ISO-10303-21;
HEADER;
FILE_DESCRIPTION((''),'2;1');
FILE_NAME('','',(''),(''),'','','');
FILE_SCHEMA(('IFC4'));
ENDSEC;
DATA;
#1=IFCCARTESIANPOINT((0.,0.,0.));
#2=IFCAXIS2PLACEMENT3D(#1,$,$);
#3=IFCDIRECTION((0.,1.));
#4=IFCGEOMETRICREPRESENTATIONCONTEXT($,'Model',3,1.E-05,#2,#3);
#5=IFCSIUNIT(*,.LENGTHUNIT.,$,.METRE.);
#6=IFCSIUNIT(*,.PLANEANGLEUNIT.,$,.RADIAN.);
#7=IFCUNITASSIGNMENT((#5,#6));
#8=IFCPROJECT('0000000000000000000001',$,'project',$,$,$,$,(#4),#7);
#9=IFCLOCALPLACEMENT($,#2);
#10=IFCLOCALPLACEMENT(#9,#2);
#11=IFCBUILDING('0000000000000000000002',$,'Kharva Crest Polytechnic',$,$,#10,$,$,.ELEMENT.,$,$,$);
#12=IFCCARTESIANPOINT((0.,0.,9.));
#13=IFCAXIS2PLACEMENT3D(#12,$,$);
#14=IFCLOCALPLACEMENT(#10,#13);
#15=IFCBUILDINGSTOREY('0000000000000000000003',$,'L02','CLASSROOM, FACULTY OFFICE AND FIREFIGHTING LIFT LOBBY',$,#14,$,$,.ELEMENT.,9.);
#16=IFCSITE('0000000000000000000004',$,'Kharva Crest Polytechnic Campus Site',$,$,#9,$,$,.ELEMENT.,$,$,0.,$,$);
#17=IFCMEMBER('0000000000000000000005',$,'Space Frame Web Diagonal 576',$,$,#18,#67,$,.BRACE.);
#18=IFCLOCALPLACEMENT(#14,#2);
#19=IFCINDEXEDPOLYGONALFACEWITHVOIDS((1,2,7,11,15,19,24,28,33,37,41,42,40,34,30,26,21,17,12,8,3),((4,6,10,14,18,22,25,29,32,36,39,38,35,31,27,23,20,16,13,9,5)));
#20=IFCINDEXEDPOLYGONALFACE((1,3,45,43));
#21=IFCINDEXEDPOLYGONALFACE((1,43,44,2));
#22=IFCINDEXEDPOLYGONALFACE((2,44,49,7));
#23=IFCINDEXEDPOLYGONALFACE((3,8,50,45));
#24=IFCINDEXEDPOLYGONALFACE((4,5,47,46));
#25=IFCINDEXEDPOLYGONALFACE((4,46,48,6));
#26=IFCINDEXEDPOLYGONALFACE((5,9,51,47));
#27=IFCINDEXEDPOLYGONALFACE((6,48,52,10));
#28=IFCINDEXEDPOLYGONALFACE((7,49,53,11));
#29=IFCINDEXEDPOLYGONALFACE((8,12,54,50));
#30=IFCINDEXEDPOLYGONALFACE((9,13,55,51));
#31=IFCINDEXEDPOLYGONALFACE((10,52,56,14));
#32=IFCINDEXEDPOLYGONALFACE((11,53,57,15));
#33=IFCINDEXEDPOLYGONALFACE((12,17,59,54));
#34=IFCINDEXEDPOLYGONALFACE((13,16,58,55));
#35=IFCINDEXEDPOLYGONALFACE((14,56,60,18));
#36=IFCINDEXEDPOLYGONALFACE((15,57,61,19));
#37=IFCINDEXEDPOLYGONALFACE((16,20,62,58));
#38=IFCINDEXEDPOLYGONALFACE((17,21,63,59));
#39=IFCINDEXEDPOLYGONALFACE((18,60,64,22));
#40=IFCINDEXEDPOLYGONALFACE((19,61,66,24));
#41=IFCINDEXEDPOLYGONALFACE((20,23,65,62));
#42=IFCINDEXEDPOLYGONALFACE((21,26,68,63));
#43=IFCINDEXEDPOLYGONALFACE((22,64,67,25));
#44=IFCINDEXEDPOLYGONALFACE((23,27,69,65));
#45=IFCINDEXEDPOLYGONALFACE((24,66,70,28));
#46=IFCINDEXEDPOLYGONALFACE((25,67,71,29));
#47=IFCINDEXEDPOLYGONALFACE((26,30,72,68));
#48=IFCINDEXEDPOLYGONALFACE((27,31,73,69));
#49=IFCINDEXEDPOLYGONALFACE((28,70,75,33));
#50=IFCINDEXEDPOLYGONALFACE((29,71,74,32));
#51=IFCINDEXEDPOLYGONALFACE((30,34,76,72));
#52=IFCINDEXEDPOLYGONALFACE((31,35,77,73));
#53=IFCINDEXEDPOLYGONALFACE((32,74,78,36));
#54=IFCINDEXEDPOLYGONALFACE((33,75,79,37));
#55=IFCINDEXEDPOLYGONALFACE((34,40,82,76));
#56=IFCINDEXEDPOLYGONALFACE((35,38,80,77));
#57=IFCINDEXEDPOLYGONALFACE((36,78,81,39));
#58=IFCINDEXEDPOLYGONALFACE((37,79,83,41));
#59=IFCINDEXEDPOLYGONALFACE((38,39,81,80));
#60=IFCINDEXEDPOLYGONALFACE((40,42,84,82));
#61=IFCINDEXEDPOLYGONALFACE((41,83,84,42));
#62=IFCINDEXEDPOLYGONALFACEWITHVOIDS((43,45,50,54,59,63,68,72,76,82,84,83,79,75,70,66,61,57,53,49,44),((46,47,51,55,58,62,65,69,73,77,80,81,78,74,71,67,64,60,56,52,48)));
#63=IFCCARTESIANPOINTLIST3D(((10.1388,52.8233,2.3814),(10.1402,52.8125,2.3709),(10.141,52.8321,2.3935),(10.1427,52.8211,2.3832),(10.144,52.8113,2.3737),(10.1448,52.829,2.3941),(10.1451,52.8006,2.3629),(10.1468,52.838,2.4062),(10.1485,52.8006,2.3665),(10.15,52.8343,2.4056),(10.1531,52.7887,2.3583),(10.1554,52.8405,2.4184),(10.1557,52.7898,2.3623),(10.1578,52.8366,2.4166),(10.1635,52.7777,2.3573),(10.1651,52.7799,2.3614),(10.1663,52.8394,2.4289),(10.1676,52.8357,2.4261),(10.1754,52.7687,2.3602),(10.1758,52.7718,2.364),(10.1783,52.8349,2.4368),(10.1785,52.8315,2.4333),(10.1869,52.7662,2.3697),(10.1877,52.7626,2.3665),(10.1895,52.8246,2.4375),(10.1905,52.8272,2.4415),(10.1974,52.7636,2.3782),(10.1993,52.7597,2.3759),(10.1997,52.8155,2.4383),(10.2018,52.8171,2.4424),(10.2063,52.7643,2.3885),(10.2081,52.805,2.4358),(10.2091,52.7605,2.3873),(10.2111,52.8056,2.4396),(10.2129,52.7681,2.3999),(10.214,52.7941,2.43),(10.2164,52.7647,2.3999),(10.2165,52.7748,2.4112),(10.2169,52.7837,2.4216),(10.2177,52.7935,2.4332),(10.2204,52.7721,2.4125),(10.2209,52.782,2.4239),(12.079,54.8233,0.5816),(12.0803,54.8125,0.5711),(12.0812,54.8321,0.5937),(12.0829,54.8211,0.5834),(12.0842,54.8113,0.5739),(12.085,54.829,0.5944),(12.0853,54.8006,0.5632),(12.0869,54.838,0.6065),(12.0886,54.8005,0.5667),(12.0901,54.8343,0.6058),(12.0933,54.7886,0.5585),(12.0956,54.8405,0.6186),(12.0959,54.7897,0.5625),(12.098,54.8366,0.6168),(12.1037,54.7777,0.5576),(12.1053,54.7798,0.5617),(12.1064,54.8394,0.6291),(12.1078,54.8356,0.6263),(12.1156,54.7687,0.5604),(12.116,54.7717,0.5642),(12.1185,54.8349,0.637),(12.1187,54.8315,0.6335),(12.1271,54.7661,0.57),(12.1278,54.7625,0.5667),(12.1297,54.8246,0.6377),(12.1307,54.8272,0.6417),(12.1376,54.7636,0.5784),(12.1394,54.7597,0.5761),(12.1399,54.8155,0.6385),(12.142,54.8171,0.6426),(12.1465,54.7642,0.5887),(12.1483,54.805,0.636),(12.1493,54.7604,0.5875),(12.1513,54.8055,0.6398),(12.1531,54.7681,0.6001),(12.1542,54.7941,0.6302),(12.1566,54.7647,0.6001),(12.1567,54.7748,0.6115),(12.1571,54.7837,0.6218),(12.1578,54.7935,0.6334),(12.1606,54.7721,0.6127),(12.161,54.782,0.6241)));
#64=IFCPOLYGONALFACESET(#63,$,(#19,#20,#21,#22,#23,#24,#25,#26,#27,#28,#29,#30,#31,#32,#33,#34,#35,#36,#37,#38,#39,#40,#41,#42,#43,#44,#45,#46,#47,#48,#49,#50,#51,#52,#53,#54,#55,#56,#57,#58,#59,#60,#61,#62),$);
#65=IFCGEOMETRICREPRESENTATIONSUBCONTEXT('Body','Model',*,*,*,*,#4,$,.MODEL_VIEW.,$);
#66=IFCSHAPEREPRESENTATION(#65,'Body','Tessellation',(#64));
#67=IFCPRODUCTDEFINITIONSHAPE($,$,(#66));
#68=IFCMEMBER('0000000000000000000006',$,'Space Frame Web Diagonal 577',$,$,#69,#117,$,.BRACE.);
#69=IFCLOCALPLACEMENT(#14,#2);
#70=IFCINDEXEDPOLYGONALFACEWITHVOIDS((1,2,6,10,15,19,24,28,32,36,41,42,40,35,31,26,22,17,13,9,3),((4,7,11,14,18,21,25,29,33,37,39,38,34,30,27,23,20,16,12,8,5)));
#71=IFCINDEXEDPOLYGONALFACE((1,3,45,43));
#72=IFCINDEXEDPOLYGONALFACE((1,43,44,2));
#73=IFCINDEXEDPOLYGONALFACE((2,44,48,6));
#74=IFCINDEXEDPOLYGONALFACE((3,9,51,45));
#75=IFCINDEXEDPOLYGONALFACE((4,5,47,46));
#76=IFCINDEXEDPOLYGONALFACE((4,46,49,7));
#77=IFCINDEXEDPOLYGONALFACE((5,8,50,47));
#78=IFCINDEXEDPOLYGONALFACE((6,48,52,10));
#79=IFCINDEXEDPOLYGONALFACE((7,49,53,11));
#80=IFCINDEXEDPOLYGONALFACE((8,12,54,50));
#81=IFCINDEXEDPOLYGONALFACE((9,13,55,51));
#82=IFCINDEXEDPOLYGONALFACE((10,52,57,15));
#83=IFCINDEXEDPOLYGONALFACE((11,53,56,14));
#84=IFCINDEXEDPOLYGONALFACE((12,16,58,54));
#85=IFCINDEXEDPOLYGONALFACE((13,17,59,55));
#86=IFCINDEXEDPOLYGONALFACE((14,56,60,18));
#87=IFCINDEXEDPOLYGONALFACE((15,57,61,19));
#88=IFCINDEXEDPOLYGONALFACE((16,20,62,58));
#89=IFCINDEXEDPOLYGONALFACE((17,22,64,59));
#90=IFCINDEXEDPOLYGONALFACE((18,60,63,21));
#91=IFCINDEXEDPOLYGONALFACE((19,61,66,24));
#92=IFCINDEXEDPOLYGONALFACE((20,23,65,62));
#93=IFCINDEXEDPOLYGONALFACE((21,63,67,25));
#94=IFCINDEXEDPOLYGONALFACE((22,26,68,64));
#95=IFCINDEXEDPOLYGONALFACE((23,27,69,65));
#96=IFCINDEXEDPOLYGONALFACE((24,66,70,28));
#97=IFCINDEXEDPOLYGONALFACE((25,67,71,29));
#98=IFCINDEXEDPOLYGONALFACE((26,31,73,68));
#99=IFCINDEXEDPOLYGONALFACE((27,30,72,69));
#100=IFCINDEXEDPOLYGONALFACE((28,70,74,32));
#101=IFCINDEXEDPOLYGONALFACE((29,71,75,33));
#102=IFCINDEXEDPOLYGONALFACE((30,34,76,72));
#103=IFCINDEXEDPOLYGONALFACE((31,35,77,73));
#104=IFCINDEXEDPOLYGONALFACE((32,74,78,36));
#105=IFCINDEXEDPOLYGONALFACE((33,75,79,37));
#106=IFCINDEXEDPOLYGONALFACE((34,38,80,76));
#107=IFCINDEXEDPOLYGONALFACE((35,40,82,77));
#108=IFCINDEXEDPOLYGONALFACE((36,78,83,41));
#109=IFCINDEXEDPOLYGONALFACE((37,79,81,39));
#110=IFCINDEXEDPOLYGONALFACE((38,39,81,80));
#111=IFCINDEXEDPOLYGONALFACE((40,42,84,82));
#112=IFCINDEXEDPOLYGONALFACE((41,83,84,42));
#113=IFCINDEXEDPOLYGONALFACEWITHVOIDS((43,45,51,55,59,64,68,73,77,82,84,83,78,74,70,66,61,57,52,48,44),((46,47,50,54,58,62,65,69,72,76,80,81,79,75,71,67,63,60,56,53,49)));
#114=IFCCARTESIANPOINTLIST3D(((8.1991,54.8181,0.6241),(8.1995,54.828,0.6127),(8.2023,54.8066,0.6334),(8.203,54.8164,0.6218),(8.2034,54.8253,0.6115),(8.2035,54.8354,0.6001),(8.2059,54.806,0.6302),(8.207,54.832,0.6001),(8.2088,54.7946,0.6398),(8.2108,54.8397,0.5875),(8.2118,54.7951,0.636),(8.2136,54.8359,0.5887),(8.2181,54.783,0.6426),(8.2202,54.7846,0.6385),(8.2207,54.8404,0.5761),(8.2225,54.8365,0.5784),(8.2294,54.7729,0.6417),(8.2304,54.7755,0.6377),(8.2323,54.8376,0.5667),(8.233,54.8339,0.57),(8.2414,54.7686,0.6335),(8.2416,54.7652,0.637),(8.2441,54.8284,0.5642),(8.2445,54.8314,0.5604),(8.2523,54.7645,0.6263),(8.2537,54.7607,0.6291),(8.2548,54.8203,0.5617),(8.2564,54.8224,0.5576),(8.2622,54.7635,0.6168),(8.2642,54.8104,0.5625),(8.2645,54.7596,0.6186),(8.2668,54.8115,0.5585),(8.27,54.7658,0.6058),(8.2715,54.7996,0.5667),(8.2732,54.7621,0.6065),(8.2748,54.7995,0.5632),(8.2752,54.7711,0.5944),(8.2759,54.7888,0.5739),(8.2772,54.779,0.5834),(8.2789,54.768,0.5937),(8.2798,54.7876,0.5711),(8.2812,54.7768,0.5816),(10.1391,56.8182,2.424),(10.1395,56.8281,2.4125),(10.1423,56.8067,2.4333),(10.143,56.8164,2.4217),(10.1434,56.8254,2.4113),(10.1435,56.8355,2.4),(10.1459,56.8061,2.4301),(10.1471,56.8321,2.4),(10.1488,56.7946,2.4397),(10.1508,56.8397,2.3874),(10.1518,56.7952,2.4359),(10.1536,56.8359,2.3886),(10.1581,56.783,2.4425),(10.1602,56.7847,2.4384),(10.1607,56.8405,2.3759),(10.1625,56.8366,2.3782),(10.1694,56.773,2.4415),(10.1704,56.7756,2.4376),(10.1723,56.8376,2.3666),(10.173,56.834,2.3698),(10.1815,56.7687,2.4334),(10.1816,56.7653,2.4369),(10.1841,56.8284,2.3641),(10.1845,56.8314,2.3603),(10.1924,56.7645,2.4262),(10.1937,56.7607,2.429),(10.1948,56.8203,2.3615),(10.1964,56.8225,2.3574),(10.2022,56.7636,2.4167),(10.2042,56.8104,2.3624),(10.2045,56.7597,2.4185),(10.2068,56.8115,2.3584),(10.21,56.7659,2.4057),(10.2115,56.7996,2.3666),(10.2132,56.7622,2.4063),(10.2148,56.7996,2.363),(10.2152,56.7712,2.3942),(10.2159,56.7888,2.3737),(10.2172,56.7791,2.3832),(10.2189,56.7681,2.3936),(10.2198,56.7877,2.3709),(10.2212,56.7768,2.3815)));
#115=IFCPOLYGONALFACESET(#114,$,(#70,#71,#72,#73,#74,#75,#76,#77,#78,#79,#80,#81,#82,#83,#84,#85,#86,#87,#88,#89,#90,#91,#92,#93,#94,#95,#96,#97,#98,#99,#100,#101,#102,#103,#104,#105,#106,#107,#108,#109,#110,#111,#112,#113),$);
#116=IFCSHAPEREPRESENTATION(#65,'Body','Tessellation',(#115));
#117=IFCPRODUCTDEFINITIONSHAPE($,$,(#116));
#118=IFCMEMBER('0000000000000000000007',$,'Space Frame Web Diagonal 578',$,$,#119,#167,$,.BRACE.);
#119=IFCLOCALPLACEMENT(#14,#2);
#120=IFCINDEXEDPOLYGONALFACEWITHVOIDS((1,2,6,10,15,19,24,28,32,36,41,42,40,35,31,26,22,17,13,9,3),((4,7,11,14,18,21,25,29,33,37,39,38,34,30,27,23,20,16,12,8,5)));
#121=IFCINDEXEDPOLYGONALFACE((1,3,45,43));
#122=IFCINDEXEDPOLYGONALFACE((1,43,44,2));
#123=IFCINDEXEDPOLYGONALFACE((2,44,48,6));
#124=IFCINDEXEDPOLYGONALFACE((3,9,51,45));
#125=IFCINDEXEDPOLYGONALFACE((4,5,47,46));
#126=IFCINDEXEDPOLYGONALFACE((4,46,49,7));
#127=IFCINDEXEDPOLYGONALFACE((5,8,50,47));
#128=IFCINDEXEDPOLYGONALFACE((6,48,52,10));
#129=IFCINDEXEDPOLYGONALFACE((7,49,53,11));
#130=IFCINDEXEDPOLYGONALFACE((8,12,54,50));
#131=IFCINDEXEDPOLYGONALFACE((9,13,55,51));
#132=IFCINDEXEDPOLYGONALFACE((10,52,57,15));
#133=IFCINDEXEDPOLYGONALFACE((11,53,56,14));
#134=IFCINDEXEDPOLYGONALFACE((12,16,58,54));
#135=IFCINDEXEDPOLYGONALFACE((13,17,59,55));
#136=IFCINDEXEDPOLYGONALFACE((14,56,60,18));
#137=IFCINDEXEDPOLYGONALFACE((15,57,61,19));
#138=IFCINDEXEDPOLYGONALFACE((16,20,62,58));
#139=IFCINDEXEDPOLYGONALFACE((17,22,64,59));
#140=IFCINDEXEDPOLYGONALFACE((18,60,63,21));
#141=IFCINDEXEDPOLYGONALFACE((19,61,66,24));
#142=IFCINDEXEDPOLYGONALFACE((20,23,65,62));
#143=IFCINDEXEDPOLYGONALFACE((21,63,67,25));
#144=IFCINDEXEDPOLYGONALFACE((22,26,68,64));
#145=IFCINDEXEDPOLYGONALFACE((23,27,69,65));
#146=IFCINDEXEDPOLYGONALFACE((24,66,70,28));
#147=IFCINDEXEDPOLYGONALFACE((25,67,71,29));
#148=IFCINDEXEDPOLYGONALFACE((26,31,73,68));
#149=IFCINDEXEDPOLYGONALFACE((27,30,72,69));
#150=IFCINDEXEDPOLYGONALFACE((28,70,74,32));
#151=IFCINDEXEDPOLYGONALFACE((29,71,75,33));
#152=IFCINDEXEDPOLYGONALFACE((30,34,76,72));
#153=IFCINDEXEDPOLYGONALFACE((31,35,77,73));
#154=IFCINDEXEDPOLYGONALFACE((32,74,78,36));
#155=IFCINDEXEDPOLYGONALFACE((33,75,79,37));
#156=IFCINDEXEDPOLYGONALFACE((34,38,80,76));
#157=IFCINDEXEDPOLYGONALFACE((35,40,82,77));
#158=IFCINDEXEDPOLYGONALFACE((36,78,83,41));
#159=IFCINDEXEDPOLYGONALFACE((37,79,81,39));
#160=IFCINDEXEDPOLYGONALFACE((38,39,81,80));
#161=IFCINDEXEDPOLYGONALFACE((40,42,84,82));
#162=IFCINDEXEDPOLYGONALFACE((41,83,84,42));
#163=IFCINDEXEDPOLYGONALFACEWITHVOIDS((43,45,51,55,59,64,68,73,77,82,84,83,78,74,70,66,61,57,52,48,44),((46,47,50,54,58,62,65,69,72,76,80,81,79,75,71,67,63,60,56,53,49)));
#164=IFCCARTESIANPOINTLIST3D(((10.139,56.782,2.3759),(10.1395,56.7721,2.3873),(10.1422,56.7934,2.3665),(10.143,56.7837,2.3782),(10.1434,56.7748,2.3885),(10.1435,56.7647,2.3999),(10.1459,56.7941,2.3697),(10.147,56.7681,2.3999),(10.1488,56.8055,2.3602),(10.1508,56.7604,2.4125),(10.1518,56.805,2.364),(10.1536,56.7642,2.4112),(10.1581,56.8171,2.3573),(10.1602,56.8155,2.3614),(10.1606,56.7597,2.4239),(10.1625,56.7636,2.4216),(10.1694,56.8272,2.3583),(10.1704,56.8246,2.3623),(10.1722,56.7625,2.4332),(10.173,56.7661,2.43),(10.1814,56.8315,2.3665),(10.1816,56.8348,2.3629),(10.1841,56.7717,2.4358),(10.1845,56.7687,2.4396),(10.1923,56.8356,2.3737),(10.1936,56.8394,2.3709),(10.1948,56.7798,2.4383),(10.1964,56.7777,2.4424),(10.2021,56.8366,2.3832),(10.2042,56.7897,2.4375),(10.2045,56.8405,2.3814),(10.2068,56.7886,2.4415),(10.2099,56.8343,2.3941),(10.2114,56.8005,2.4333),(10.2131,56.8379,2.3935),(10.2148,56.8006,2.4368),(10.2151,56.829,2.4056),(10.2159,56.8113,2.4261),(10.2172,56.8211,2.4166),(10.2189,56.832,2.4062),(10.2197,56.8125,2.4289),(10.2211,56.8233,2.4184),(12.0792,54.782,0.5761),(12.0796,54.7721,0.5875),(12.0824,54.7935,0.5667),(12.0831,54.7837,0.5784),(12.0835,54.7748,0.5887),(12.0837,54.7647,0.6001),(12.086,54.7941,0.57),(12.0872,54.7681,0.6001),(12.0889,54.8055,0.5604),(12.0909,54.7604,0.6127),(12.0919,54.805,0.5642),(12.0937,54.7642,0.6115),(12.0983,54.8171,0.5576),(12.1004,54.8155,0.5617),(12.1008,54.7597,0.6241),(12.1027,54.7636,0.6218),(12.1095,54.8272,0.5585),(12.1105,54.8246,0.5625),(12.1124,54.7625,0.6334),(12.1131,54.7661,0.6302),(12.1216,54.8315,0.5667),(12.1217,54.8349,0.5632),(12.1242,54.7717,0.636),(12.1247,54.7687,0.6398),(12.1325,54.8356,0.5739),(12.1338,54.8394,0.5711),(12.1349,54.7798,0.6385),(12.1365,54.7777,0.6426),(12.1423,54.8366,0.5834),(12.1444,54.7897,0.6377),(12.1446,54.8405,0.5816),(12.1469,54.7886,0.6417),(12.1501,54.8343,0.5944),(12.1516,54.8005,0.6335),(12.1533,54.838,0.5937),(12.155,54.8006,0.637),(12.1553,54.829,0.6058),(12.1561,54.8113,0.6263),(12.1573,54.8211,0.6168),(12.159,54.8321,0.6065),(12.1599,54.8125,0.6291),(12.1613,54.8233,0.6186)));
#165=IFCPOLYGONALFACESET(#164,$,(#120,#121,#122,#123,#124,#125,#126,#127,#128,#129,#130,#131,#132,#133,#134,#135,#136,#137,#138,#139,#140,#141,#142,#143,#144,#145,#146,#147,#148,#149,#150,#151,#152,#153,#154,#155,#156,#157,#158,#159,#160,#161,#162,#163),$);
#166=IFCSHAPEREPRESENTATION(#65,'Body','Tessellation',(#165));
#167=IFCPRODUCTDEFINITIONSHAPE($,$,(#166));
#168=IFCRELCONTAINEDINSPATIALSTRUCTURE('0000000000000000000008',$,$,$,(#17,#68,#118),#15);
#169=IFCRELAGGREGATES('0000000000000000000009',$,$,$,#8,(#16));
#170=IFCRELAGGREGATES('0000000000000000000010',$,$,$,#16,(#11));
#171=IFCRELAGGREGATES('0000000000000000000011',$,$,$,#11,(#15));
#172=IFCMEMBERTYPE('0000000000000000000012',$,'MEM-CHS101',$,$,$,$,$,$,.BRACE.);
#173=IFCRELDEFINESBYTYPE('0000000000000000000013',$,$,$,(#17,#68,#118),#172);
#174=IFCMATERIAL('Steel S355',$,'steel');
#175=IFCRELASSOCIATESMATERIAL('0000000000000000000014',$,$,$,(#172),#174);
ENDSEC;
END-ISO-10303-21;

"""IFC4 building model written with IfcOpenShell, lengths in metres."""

from ifc_helpers import new_model, si_unit, direction, frame, origin, origin_2d, place, context, subcontext, project, spatial, hollow_circle, extrude, material, material_profile, profile_set, type_object, element, save


model = new_model("IFC4")

# Units and contexts
model_context = context("Model", 3, precision=1e-05, world=origin(), true_north=direction((0.0, 1.0)))
body_context = subcontext(model_context, "Body", "Model", "MODEL_VIEW")
ifc_project = project(units=[si_unit("LENGTHUNIT", "METRE"), si_unit("PLANEANGLEUNIT", "RADIAN")], contexts=[model_context])

# Site, building, storey
site_placement = place(None, origin())
site = spatial("IfcSite", under=ifc_project, at=site_placement, Name="Kharva Crest Polytechnic Campus Site", CompositionType="ELEMENT", RefElevation=0.0)
building_placement = place(site_placement, origin())
building = spatial("IfcBuilding", under=site, at=building_placement, Name="Kharva Crest Polytechnic", CompositionType="ELEMENT")
storey_placement = place(building_placement, frame((0.0, 0.0, 9.0)))
storey = spatial("IfcBuildingStorey", under=building, at=storey_placement, Name="L02", Description="CLASSROOM, FACULTY OFFICE AND FIREFIGHTING LIFT LOBBY", CompositionType="ELEMENT", Elevation=9.0)

# Shared definitions
ifc_material_1 = material(Name="Steel S355", Category="steel")

# Members
ifc_material_profile_1 = material_profile(ifc_material_1, hollow_circle(Radius=0.0508, WallThickness=0.0049, at=origin_2d()), Name="CHS 101.6X5.0")
ifc_profile_set_1 = profile_set([ifc_material_profile_1], Name="Steel S355")
member_type_1 = type_object("IfcMemberType", Name="MEM-CHS101", PredefinedType="BRACE", material=ifc_profile_set_1)
for number, where, z_axis, x_axis, name in (
    (1, (12.1201, 54.8, 0.6001), (-0.584892, -0.602924, 0.542572), (0.717758, -0.696292, 0.0), "Space Frame Web Diagonal 576"),
    (2, (8.24, 54.8, 0.6001), (0.584843, 0.60295, 0.542596), (-0.717802, 0.696247, 0.0), "Space Frame Web Diagonal 577"),
    (3, (12.1201, 54.8, 0.6001), (-0.584892, 0.602924, 0.542572), (-0.717758, -0.696292, 0.0), "Space Frame Web Diagonal 578"),
):
    element("IfcMember", number, at=place(storey_placement, frame(where, z_axis=z_axis, x_axis=x_axis)), inside=storey, type_object=member_type_1, Name=name, PredefinedType="BRACE", context=body_context, shape_type="SweptSolid", body=[
        extrude(hollow_circle(Radius=0.0508, WallThickness=0.0049, at=origin_2d()), origin(), (0.0, 0.0, 1.0), 3.3171),
    ])

save(model, "model.ifc")
